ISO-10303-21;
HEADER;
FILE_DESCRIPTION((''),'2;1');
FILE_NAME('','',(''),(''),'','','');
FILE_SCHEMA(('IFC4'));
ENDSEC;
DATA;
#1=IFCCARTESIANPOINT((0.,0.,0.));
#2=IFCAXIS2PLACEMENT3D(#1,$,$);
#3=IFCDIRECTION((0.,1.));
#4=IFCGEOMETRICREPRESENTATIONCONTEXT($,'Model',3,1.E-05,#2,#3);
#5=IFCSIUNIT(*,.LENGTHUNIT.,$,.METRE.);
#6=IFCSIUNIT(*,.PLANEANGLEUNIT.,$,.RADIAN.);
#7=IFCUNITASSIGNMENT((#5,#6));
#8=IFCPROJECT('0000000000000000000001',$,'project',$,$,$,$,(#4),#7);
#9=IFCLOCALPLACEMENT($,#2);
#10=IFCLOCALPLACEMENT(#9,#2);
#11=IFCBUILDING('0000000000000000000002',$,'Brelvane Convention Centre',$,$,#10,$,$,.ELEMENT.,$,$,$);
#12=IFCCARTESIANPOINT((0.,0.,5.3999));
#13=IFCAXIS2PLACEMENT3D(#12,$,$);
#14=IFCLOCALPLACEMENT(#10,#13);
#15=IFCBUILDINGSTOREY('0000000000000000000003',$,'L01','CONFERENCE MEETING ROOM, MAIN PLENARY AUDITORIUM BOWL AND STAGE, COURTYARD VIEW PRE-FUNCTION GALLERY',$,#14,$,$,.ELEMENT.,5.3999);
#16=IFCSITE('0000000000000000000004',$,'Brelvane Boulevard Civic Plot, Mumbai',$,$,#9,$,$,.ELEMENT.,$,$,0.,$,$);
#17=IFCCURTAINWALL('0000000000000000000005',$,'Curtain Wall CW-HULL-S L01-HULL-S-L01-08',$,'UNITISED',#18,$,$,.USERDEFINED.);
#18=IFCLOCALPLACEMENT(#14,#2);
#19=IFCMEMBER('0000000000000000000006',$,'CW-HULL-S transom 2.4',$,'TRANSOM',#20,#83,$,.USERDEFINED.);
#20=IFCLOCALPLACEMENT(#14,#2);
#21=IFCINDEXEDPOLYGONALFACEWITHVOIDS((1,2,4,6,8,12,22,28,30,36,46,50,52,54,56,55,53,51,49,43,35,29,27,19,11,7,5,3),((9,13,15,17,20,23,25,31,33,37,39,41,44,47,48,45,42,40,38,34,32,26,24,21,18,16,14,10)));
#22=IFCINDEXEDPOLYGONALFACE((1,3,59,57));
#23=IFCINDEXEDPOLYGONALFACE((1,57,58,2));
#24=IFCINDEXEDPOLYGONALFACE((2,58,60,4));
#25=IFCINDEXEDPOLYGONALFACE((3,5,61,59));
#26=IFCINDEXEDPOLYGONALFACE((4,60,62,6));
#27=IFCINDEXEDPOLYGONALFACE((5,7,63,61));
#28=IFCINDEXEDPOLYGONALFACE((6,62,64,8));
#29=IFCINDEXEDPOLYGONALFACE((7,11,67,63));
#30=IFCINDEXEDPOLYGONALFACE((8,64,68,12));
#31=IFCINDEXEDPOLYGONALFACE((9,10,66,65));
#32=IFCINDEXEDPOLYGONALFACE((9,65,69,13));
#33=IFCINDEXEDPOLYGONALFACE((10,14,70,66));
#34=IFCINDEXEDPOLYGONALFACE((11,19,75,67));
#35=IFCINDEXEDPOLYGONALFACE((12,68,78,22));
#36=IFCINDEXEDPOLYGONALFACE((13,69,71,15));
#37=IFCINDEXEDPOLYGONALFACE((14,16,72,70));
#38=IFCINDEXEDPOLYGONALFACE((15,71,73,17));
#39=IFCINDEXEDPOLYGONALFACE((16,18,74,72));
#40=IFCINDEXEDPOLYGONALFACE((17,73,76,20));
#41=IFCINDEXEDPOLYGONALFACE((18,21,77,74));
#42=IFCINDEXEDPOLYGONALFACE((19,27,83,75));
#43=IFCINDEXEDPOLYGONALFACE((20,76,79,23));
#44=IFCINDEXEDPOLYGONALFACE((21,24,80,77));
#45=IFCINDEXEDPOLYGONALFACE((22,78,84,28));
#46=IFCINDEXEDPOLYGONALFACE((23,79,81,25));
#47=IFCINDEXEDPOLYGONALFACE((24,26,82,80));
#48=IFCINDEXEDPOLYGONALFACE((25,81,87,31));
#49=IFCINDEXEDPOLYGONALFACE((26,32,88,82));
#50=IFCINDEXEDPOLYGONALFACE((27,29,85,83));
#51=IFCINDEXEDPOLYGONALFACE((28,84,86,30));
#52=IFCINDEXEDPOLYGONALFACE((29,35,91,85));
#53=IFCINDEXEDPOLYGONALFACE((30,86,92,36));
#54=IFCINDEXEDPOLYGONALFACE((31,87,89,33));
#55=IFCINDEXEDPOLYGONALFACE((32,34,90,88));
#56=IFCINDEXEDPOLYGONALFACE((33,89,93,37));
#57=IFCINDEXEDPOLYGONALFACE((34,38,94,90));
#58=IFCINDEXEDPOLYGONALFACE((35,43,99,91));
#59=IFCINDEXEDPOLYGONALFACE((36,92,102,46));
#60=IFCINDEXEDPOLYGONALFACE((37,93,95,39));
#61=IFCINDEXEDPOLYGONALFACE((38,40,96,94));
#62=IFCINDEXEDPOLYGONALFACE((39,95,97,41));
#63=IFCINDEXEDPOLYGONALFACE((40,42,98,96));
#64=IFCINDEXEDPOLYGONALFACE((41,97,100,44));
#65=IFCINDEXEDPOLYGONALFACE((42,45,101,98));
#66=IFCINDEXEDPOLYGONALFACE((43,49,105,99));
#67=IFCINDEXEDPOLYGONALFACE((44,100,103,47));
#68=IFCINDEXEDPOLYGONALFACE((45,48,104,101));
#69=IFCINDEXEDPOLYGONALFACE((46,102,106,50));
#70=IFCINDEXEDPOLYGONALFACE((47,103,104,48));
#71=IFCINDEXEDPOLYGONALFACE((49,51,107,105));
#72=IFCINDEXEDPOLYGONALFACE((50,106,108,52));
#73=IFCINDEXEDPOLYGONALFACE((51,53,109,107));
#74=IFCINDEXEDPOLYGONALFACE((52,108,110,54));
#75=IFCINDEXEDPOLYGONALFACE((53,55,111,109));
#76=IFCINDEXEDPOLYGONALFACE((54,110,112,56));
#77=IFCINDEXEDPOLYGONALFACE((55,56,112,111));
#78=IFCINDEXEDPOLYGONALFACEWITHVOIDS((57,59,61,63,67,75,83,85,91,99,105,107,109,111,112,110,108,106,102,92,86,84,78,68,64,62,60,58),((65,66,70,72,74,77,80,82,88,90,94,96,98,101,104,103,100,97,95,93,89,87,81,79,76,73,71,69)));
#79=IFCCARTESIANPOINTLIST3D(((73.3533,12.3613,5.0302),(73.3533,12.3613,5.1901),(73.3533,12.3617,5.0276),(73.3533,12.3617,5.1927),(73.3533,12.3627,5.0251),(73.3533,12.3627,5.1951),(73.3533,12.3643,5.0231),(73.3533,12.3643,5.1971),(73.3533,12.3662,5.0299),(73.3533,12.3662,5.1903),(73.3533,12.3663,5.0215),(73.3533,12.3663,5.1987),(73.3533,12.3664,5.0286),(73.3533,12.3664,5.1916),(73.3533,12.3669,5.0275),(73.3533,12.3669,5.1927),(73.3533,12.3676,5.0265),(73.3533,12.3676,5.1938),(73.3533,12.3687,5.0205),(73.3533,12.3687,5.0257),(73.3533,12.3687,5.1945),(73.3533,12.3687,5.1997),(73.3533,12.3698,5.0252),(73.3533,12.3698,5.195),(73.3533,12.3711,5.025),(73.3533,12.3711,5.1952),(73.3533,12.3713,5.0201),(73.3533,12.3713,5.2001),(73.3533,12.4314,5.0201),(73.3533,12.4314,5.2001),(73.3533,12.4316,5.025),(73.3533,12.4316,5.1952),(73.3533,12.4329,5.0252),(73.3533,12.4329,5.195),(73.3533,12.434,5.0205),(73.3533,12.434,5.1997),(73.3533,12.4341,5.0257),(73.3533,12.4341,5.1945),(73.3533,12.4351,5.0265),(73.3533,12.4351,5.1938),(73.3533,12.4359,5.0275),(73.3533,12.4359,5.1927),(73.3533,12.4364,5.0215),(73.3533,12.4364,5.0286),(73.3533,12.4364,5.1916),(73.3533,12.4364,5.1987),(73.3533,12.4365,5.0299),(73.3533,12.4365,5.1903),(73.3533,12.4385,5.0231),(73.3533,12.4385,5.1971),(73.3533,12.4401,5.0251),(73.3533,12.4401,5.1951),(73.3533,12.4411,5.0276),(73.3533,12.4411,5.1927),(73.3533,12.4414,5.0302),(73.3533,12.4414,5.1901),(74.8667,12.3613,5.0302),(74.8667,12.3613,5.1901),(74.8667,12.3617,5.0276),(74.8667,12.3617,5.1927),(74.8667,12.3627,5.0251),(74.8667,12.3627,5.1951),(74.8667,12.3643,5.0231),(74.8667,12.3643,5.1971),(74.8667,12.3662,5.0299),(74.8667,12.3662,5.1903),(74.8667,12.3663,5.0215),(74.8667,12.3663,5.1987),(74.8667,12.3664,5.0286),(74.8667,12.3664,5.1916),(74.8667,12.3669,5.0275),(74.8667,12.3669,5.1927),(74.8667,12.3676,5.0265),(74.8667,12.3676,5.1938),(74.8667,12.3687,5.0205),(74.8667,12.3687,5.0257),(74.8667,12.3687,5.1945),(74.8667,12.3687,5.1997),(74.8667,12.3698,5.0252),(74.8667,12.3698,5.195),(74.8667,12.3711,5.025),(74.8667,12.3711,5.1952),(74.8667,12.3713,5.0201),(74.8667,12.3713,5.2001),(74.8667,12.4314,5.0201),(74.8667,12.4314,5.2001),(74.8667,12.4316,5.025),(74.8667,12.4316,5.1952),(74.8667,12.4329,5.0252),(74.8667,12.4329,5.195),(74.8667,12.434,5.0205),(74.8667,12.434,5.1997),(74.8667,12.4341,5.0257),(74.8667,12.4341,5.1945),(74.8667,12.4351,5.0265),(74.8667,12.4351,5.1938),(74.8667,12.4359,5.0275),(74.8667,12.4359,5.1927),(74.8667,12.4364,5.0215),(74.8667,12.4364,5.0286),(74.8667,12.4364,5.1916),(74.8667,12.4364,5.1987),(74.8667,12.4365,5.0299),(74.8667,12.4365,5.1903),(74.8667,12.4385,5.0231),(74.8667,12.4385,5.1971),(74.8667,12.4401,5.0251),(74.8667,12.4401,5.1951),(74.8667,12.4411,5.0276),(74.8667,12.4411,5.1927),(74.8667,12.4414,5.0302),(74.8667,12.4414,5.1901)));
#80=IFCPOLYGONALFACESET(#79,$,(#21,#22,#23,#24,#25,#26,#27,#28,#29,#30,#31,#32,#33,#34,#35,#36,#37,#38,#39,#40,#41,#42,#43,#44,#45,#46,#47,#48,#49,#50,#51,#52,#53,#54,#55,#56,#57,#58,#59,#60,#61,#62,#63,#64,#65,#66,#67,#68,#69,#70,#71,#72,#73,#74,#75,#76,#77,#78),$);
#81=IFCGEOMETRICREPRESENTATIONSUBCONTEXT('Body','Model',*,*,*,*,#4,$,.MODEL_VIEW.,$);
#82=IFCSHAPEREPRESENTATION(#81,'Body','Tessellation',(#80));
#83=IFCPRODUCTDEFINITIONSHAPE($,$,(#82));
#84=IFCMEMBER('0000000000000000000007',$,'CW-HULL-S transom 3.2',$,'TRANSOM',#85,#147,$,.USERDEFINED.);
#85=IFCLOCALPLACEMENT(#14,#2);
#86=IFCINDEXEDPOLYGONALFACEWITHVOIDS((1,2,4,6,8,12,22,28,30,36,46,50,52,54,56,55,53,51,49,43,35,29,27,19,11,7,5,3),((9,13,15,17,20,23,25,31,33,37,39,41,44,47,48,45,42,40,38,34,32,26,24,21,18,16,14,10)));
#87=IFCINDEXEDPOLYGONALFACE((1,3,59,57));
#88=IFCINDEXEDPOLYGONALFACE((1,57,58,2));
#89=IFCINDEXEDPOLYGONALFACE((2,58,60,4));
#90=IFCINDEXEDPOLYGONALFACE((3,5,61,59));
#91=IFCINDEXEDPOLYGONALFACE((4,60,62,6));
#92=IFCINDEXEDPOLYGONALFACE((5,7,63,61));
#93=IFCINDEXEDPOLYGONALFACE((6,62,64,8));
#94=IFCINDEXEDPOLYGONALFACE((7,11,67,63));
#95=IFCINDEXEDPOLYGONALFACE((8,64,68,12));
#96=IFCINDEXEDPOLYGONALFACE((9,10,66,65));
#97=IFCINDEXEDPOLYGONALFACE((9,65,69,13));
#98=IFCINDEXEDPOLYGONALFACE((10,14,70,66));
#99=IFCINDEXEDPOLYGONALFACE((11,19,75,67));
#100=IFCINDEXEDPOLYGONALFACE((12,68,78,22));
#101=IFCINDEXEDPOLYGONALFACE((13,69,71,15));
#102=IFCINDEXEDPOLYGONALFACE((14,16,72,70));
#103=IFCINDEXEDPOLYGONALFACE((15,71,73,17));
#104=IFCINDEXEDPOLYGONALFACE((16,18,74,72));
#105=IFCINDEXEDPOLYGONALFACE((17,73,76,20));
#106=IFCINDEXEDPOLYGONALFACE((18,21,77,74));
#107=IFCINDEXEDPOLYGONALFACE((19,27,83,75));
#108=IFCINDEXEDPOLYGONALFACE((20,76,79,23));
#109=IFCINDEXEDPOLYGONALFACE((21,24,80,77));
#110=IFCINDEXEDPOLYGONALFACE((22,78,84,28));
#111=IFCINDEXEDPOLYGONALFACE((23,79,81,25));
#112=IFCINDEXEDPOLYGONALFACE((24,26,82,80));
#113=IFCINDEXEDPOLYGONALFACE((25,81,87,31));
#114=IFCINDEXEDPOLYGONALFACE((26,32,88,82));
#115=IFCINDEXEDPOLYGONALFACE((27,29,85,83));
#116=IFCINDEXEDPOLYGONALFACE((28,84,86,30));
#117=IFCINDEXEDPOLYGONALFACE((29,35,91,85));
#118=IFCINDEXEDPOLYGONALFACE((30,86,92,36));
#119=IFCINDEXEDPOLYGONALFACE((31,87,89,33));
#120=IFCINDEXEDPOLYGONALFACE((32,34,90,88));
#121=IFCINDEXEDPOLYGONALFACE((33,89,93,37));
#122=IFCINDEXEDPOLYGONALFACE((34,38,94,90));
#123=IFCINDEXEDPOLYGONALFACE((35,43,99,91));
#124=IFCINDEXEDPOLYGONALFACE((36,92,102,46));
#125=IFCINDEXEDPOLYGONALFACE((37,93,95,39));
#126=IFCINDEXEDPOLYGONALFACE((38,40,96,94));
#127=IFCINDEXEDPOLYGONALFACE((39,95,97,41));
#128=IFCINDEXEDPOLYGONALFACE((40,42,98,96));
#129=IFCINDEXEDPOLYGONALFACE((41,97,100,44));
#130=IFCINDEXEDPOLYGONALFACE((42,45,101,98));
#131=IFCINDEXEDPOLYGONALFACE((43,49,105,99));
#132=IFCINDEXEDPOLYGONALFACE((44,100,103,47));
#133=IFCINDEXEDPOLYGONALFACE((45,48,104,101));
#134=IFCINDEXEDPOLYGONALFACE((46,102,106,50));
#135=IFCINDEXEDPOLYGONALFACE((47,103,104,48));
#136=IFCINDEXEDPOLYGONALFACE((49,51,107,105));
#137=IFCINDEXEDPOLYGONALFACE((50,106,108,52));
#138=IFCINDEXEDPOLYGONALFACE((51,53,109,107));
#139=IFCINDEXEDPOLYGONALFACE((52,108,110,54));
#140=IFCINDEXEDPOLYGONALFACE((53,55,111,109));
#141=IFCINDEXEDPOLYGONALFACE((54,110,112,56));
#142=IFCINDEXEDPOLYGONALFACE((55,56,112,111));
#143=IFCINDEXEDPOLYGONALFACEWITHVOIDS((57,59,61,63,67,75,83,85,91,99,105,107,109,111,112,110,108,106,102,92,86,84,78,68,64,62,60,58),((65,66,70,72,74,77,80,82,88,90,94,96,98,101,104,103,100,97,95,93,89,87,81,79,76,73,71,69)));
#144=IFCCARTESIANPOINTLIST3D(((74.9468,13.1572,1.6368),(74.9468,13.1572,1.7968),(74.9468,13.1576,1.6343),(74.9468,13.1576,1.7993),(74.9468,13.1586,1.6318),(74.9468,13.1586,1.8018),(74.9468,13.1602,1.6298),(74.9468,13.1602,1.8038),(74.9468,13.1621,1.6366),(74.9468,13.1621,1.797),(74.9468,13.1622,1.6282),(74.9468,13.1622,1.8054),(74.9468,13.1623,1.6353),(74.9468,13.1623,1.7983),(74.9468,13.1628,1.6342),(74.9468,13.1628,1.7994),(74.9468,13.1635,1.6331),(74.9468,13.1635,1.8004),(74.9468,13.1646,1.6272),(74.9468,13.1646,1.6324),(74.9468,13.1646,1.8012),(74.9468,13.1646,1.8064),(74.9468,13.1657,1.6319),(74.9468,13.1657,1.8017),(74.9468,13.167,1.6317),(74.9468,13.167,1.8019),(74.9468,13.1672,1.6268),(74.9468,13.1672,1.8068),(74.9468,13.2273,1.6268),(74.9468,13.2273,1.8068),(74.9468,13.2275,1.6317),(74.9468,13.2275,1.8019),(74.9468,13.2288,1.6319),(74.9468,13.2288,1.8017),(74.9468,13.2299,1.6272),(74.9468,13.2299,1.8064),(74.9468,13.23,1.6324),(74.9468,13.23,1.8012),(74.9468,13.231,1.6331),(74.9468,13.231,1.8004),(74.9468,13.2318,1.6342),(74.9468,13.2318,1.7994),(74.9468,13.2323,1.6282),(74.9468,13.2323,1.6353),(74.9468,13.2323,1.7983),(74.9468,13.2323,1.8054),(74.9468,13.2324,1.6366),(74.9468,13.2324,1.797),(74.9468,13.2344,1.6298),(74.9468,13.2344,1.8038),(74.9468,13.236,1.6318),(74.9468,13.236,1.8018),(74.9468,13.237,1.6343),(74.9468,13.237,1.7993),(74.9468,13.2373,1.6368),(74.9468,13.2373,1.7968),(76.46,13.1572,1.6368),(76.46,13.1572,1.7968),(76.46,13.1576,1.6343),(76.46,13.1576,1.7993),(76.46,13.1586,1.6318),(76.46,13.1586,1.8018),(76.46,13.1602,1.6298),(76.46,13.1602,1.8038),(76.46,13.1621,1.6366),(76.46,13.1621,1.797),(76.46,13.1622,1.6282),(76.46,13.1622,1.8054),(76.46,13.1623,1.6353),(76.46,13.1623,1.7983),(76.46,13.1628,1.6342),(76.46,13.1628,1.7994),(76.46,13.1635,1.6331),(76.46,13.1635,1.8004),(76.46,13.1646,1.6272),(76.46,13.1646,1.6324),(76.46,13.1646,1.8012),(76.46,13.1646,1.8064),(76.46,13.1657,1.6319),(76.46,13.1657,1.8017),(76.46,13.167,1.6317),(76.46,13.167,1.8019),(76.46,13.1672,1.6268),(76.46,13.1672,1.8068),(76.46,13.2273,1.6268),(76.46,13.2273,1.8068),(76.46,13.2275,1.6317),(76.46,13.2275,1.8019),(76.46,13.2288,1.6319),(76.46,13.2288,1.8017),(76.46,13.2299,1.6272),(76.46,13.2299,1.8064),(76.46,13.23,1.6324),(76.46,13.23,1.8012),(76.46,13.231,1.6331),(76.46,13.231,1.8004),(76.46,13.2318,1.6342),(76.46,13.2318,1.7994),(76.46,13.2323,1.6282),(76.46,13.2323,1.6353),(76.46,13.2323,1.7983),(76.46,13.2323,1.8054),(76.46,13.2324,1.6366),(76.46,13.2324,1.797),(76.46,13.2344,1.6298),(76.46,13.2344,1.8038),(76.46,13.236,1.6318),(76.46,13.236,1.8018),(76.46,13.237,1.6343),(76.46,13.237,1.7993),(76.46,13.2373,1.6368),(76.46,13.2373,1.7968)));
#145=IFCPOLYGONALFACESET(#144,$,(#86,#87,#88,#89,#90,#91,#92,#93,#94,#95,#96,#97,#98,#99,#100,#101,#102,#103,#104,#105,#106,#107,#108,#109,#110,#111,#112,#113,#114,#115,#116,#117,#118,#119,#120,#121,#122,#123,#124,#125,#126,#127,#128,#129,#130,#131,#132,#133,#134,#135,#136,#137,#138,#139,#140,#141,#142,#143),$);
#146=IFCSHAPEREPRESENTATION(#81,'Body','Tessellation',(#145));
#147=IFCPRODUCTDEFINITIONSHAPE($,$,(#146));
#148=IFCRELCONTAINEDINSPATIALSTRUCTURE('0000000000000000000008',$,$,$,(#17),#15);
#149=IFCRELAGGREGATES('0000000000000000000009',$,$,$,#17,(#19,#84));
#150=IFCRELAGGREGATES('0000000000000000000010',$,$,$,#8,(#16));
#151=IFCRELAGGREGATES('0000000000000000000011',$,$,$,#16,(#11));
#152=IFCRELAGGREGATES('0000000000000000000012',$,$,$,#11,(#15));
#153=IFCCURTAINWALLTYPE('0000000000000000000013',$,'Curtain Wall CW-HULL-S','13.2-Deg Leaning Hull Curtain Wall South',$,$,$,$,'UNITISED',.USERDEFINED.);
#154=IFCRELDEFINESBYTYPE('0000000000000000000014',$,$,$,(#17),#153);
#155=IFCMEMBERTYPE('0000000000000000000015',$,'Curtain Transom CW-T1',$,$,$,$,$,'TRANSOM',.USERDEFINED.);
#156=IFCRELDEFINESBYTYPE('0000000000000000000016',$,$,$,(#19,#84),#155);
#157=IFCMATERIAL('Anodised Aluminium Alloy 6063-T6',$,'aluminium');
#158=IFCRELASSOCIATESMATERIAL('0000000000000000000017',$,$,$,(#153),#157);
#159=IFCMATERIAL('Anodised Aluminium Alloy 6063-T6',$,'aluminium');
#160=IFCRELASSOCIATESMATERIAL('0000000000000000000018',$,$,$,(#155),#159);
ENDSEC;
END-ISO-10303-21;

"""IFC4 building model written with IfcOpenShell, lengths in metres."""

from ifc_helpers import new_model, si_unit, direction, frame, origin, origin_2d, place, context, subcontext, project, spatial, hollow_rectangle, extrude, material, material_profile, profile_set, type_object, element, aggregate, save


model = new_model("IFC4")

# Units and contexts
model_context = context("Model", 3, precision=1e-05, world=origin(), true_north=direction((0.0, 1.0)))
body_context = subcontext(model_context, "Body", "Model", "MODEL_VIEW")
ifc_project = project(units=[si_unit("LENGTHUNIT", "METRE"), si_unit("PLANEANGLEUNIT", "RADIAN")], contexts=[model_context])

# Site, building, storey
site_placement = place(None, origin())
site = spatial("IfcSite", under=ifc_project, at=site_placement, Name="Brelvane Boulevard Civic Plot, Mumbai", CompositionType="ELEMENT", RefElevation=0.0)
building_placement = place(site_placement, origin())
building = spatial("IfcBuilding", under=site, at=building_placement, Name="Brelvane Convention Centre", CompositionType="ELEMENT")
storey_placement = place(building_placement, frame((0.0, 0.0, 5.3999)))
storey = spatial("IfcBuildingStorey", under=building, at=storey_placement, Name="L01", Description="CONFERENCE MEETING ROOM, MAIN PLENARY AUDITORIUM BOWL AND STAGE, COURTYARD VIEW PRE-FUNCTION GALLERY", CompositionType="ELEMENT", Elevation=5.3999)

# Curtain wall, members
ifc_material_1 = material(Name="Anodised Aluminium Alloy 6063-T6", Category="aluminium")
curtain_wall_type = type_object("IfcCurtainWallType", Name="Curtain Wall CW-HULL-S", Description="13.2-Deg Leaning Hull Curtain Wall South", ElementType="UNITISED", PredefinedType="USERDEFINED", material=ifc_material_1)
ifc_material_2 = material(Name="Anodised Aluminium Alloy 6063-T6", Category="aluminium")
ifc_material_profile = material_profile(ifc_material_2, hollow_rectangle(XDim=0.0801, YDim=0.1799, WallThickness=0.0049, InnerFilletRadius=0.0049, OuterFilletRadius=0.01, at=origin_2d()), Name="ALU-T 180x80x5.0")
ifc_profile_set = profile_set([ifc_material_profile], Name="Anodised Aluminium Alloy 6063-T6")
member_type = type_object("IfcMemberType", Name="Curtain Transom CW-T1", ElementType="TRANSOM", PredefinedType="USERDEFINED", material=ifc_profile_set)
curtain_wall_1_placement = place(storey_placement, origin())
curtain_wall_1 = element("IfcCurtainWall", 1, at=curtain_wall_1_placement, inside=storey, type_object=curtain_wall_type, Name="Curtain Wall CW-HULL-S L01-HULL-S-L01-08", ObjectType="UNITISED", PredefinedType="USERDEFINED")
member_1_placement = place(storey_placement, frame((73.3533, 12.4014, 5.1101), z_axis=(1.0, 0.0, 0.0), x_axis=(0.0, 1.0, 0.0)))
member_1 = element("IfcMember", 2, at=member_1_placement, type_object=member_type, Name="CW-HULL-S transom 2.4", ObjectType="TRANSOM", PredefinedType="USERDEFINED", context=body_context, shape_type="SweptSolid", body=[
    extrude(hollow_rectangle(XDim=0.0801, YDim=0.1799, WallThickness=0.0049, InnerFilletRadius=0.0049, OuterFilletRadius=0.01, at=origin_2d()), origin(), (0.0, 0.0, 1.0), 1.5134),
])
member_2_placement = place(storey_placement, frame((74.9468, 13.1973, 1.7168), z_axis=(1.0, 0.0, 0.0), x_axis=(0.0, 1.0, 0.0)))
member_2 = element("IfcMember", 3, at=member_2_placement, type_object=member_type, Name="CW-HULL-S transom 3.2", ObjectType="TRANSOM", PredefinedType="USERDEFINED", context=body_context, shape_type="SweptSolid", body=[
    extrude(hollow_rectangle(XDim=0.0801, YDim=0.1799, WallThickness=0.0049, InnerFilletRadius=0.0049, OuterFilletRadius=0.01, at=origin_2d()), origin(), (0.0, 0.0, 1.0), 1.5132),
])

aggregate(curtain_wall_1, [member_1, member_2])

save(model, "model.ifc")
